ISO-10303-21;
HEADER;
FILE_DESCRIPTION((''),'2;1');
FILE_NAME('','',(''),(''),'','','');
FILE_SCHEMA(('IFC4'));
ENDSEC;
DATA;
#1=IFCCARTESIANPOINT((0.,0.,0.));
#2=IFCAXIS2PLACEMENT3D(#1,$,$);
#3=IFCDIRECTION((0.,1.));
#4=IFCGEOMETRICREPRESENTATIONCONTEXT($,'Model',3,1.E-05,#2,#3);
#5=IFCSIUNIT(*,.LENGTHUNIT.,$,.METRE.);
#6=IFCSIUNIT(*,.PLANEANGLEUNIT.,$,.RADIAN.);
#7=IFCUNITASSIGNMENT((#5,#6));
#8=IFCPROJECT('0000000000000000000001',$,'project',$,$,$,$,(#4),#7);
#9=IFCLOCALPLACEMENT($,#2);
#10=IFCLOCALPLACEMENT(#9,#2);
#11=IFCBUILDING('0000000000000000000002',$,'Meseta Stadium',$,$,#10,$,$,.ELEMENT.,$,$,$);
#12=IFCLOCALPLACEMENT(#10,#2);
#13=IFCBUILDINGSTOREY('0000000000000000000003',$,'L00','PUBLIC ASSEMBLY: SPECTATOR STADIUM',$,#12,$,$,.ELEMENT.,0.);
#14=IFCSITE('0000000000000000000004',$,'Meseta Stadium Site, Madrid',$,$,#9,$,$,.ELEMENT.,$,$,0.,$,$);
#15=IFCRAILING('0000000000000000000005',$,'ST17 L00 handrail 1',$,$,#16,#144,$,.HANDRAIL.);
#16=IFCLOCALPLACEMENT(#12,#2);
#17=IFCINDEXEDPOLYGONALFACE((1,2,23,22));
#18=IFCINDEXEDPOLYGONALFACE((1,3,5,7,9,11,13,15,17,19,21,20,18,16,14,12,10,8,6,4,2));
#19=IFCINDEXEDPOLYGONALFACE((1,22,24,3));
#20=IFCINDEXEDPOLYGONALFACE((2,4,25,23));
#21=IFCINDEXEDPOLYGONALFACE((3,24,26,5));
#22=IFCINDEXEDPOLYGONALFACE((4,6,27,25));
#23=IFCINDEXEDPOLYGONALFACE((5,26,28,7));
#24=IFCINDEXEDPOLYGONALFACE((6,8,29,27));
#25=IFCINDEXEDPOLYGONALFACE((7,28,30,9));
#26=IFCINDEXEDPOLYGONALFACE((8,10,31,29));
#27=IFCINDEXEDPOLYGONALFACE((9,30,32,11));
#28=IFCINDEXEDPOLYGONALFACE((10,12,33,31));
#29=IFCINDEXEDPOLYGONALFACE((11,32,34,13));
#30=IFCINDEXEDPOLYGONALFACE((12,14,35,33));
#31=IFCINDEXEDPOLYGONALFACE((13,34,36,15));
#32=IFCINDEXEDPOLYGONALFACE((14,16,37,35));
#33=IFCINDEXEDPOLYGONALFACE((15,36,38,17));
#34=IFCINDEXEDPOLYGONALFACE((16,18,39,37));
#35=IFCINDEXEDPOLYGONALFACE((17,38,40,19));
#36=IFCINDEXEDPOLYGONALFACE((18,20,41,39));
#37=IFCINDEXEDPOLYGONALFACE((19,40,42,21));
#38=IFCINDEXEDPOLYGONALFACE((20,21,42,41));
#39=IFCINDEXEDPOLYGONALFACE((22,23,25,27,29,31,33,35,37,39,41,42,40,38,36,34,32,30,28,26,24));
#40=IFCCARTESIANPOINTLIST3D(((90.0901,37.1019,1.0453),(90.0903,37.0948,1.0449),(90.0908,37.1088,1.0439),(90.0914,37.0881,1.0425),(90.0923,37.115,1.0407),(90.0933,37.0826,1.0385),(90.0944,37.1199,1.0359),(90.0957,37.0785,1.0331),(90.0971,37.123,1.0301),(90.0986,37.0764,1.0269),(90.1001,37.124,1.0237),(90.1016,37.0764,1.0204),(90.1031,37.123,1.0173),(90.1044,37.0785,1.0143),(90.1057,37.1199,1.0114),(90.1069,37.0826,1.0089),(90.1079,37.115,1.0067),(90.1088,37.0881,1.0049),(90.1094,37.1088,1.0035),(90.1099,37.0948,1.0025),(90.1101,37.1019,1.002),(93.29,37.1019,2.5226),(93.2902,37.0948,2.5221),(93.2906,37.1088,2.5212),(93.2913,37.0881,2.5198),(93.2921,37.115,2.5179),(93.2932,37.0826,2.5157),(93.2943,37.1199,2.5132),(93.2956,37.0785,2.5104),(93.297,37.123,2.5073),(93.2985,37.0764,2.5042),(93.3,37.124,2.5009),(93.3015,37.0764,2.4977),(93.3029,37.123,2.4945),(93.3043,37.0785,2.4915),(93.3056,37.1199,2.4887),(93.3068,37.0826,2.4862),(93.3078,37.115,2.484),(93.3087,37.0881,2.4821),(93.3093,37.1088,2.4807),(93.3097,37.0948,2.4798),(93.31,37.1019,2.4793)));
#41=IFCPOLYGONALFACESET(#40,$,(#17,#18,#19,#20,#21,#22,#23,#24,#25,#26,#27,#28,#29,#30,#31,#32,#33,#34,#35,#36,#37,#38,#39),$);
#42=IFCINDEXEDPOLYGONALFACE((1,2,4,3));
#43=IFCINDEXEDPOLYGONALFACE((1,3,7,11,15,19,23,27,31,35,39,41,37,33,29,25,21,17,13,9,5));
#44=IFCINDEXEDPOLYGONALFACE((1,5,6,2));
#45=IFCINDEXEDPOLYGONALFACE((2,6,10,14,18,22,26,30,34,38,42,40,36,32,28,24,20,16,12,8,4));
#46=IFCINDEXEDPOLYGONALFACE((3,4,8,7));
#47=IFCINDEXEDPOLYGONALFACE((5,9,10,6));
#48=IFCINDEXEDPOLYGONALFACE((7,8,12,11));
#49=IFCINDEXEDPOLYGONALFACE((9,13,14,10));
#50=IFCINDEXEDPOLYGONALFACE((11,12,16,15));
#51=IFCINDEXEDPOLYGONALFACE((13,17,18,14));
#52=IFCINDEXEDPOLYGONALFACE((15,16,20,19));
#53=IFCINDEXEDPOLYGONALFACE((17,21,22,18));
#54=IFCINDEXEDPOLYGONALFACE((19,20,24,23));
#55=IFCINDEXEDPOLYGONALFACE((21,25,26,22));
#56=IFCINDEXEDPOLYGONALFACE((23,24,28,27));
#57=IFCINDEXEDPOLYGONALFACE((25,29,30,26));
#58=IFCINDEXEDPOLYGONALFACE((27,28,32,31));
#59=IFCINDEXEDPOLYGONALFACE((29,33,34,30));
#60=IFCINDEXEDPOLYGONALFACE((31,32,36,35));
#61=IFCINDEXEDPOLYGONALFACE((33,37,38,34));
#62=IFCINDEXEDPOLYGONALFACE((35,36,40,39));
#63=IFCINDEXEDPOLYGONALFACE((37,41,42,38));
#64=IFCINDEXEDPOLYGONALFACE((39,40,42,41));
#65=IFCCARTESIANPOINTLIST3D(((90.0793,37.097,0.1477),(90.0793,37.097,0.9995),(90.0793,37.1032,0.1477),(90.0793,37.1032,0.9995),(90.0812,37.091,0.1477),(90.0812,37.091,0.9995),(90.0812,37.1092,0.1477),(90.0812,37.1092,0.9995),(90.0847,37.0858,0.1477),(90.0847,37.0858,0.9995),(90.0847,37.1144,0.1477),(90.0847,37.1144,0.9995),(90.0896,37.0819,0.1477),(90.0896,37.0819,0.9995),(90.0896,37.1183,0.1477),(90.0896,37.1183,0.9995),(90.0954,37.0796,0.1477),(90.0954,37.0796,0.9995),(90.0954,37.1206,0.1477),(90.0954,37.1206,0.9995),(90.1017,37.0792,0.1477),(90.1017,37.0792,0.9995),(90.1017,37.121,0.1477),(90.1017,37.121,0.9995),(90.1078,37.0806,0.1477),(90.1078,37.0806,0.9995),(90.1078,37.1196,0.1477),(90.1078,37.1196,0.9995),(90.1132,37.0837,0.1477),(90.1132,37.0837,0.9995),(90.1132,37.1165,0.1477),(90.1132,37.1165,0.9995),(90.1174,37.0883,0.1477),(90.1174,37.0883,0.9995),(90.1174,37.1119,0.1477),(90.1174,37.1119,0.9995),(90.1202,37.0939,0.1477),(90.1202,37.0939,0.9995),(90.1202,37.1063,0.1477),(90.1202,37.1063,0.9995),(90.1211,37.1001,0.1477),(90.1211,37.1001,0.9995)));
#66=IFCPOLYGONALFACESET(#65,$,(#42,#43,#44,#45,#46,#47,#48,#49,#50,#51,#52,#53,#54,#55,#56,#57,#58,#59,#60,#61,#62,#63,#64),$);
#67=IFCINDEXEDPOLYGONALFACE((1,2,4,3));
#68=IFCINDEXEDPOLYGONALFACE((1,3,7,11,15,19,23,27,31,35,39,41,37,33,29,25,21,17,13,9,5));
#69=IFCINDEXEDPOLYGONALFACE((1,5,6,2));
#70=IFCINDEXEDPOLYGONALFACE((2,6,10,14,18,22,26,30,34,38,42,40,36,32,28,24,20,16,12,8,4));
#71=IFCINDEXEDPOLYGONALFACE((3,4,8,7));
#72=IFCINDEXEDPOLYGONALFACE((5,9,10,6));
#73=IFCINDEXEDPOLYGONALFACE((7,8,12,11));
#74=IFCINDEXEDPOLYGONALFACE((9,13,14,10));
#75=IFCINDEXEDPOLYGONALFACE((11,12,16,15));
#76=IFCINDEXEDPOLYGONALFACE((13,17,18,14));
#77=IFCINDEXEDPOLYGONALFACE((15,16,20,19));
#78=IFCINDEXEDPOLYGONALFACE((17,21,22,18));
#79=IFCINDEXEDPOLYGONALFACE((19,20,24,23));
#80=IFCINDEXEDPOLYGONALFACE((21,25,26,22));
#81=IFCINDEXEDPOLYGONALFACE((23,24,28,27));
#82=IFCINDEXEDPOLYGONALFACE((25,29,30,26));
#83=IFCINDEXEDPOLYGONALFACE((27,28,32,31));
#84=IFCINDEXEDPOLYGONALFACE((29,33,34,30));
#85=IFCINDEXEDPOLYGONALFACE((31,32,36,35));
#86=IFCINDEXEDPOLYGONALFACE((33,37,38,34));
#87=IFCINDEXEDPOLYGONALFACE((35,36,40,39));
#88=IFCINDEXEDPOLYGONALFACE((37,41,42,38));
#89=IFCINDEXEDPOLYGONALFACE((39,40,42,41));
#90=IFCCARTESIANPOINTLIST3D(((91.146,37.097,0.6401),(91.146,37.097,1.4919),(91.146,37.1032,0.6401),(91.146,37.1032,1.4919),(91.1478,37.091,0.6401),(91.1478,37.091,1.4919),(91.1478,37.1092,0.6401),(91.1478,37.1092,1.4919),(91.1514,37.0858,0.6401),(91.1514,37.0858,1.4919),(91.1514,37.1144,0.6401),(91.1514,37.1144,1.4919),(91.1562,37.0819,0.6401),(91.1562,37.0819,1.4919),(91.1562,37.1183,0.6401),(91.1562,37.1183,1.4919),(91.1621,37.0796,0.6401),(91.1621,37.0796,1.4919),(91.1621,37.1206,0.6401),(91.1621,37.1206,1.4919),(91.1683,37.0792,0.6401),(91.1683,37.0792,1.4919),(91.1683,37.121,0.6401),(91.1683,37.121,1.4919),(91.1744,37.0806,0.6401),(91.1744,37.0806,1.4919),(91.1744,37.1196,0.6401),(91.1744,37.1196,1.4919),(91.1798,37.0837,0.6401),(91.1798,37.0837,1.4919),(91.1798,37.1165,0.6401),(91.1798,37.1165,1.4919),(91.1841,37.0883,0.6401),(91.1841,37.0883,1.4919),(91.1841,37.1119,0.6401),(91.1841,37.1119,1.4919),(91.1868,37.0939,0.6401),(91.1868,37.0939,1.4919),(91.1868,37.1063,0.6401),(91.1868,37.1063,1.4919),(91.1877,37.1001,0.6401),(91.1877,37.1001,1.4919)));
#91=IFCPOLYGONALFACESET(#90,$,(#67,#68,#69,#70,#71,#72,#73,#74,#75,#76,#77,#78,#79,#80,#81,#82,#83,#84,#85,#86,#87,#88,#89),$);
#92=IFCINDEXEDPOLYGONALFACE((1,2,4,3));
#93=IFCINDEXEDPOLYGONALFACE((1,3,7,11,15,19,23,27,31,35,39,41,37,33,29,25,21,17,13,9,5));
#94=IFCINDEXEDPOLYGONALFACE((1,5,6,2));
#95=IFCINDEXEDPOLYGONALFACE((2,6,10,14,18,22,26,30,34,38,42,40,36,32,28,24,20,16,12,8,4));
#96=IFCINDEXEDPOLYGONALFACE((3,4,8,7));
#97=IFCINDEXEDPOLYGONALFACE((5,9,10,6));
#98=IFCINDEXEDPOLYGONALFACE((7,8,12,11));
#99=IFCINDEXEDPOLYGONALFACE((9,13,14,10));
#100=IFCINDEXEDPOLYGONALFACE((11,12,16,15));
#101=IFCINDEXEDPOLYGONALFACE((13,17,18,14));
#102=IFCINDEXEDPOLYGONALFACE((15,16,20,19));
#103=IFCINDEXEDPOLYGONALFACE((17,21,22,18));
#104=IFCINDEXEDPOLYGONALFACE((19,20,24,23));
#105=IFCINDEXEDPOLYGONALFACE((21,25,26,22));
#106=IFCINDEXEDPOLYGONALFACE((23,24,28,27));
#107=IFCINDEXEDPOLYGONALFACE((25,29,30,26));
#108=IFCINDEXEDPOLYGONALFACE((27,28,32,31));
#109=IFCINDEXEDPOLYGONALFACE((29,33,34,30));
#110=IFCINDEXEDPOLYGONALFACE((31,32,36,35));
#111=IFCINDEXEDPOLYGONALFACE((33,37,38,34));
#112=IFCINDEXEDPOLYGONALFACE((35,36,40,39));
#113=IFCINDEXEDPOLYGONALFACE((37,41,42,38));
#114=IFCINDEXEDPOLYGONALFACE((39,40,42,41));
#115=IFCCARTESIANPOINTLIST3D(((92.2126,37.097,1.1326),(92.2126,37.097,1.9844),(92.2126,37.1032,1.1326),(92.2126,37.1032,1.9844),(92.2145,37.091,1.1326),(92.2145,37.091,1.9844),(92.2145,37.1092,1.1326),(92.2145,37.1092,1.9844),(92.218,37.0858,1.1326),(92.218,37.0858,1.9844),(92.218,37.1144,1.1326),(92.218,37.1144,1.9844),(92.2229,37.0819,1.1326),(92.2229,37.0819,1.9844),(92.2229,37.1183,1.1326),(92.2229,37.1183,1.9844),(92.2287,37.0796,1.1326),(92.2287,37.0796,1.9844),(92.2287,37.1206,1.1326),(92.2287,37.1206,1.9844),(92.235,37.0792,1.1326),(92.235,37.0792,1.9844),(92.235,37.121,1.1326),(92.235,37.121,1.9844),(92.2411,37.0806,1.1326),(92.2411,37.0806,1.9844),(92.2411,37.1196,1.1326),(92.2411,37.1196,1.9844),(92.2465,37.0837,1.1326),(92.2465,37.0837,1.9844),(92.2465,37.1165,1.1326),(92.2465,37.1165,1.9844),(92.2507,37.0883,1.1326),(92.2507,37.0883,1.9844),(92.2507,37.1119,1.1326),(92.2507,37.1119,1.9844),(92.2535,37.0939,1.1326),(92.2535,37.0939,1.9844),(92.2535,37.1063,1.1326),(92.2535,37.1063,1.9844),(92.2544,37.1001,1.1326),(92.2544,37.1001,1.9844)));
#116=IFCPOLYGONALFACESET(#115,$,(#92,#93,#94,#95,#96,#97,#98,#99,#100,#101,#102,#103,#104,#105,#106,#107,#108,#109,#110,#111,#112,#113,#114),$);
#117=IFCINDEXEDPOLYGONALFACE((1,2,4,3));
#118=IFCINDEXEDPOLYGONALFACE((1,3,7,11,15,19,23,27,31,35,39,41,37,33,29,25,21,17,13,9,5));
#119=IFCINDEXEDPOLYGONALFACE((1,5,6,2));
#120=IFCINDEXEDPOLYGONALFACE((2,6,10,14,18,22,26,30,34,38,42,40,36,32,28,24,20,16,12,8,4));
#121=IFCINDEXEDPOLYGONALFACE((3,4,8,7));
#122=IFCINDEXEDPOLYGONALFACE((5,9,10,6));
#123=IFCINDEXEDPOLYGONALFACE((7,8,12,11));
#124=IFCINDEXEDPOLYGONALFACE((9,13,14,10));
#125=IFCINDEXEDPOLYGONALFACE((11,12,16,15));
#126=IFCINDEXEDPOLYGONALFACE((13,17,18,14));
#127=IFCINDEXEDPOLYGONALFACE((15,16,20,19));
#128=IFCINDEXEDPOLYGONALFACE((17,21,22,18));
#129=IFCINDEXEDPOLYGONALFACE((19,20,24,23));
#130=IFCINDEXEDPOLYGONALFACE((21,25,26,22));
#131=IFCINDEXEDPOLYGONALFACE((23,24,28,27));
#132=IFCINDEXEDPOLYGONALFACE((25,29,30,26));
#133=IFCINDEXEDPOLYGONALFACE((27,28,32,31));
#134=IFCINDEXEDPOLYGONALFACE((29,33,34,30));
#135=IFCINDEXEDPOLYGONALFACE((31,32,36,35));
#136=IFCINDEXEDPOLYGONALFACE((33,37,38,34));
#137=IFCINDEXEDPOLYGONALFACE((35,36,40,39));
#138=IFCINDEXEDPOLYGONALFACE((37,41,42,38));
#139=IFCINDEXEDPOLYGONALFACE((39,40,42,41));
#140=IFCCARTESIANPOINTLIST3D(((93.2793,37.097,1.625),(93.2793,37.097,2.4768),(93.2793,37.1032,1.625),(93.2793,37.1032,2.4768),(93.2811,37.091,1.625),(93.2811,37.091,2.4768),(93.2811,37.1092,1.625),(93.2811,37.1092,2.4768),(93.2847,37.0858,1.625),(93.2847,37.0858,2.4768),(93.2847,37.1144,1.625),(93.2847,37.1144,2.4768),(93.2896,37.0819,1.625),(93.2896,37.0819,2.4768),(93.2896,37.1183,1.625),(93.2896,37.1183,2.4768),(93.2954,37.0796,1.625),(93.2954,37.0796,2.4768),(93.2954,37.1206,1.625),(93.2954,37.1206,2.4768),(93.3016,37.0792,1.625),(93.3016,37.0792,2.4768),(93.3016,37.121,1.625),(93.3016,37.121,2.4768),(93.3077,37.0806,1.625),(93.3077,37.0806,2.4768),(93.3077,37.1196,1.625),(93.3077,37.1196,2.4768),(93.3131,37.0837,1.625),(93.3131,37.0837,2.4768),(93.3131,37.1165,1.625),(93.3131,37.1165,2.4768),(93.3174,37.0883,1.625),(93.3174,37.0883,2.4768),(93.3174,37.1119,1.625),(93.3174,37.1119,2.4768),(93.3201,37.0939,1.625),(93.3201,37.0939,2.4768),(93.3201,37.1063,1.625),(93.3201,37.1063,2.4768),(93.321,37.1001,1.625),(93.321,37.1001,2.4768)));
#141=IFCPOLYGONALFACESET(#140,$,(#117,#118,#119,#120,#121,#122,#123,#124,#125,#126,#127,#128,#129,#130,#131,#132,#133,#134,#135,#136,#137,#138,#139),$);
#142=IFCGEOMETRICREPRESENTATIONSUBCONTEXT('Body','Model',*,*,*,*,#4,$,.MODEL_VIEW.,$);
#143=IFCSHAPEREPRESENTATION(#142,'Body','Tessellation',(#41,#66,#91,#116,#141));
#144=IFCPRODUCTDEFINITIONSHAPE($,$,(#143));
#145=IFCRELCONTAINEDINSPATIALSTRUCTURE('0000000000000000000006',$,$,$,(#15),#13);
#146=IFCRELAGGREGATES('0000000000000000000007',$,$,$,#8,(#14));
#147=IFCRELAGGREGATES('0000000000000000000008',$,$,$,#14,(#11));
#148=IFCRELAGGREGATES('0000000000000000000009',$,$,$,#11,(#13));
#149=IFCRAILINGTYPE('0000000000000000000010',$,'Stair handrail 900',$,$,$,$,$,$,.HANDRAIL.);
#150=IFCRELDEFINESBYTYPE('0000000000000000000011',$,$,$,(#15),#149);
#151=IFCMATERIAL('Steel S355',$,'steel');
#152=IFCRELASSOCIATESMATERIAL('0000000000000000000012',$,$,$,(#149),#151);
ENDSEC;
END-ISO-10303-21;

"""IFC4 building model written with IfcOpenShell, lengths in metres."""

from ifc_helpers import new_model, si_unit, direction, frame, origin, origin_2d, place, context, subcontext, project, spatial, circle, extrude, material, type_object, element, save


model = new_model("IFC4")

# Units and contexts
model_context = context("Model", 3, precision=1e-05, world=origin(), true_north=direction((0.0, 1.0)))
body_context = subcontext(model_context, "Body", "Model", "MODEL_VIEW")
ifc_project = project(units=[si_unit("LENGTHUNIT", "METRE"), si_unit("PLANEANGLEUNIT", "RADIAN")], contexts=[model_context])

# Site, building, storey
site_placement = place(None, origin())
site = spatial("IfcSite", under=ifc_project, at=site_placement, Name="Meseta Stadium Site, Madrid", CompositionType="ELEMENT", RefElevation=0.0)
building_placement = place(site_placement, origin())
building = spatial("IfcBuilding", under=site, at=building_placement, Name="Meseta Stadium", CompositionType="ELEMENT")
storey_placement = place(building_placement, origin())
storey = spatial("IfcBuildingStorey", under=building, at=storey_placement, Name="L00", Description="PUBLIC ASSEMBLY: SPECTATOR STADIUM", CompositionType="ELEMENT", Elevation=0.0)

# Railing
ifc_material_1 = material(Name="Steel S355", Category="steel")
railing_type_1 = type_object("IfcRailingType", Name="Stair handrail 900", PredefinedType="HANDRAIL", material=ifc_material_1)
for number, where, name in (
    (1, (90.1001, 37.1001, 0.1477), "ST17 L00 handrail 1"),
):
    element("IfcRailing", number, at=place(storey_placement, frame(where)), inside=storey, type_object=railing_type_1, Name=name, PredefinedType="HANDRAIL", context=body_context, shape_type="SweptSolid", body=[
        extrude(circle(Radius=0.0239, at=origin_2d()), frame((0.0, 0.0, 0.876), z_axis=(0.907917, 0.0, 0.41915), x_axis=(0.0, 1.0, 0.0)), (0.0, 0.0, 1.0), 3.5244),
        extrude(circle(Radius=0.021, at=origin_2d()), origin(), (0.0, 0.0, 1.0), 0.8518),
        extrude(circle(Radius=0.021, at=origin_2d()), frame((1.0667, 0.0, 0.4924)), (0.0, 0.0, 1.0), 0.8518),
        extrude(circle(Radius=0.021, at=origin_2d()), frame((2.1333, 0.0, 0.9849)), (0.0, 0.0, 1.0), 0.8518),
        extrude(circle(Radius=0.021, at=origin_2d()), frame((3.2, 0.0, 1.4773)), (0.0, 0.0, 1.0), 0.8518),
    ])

save(model, "model.ifc")
